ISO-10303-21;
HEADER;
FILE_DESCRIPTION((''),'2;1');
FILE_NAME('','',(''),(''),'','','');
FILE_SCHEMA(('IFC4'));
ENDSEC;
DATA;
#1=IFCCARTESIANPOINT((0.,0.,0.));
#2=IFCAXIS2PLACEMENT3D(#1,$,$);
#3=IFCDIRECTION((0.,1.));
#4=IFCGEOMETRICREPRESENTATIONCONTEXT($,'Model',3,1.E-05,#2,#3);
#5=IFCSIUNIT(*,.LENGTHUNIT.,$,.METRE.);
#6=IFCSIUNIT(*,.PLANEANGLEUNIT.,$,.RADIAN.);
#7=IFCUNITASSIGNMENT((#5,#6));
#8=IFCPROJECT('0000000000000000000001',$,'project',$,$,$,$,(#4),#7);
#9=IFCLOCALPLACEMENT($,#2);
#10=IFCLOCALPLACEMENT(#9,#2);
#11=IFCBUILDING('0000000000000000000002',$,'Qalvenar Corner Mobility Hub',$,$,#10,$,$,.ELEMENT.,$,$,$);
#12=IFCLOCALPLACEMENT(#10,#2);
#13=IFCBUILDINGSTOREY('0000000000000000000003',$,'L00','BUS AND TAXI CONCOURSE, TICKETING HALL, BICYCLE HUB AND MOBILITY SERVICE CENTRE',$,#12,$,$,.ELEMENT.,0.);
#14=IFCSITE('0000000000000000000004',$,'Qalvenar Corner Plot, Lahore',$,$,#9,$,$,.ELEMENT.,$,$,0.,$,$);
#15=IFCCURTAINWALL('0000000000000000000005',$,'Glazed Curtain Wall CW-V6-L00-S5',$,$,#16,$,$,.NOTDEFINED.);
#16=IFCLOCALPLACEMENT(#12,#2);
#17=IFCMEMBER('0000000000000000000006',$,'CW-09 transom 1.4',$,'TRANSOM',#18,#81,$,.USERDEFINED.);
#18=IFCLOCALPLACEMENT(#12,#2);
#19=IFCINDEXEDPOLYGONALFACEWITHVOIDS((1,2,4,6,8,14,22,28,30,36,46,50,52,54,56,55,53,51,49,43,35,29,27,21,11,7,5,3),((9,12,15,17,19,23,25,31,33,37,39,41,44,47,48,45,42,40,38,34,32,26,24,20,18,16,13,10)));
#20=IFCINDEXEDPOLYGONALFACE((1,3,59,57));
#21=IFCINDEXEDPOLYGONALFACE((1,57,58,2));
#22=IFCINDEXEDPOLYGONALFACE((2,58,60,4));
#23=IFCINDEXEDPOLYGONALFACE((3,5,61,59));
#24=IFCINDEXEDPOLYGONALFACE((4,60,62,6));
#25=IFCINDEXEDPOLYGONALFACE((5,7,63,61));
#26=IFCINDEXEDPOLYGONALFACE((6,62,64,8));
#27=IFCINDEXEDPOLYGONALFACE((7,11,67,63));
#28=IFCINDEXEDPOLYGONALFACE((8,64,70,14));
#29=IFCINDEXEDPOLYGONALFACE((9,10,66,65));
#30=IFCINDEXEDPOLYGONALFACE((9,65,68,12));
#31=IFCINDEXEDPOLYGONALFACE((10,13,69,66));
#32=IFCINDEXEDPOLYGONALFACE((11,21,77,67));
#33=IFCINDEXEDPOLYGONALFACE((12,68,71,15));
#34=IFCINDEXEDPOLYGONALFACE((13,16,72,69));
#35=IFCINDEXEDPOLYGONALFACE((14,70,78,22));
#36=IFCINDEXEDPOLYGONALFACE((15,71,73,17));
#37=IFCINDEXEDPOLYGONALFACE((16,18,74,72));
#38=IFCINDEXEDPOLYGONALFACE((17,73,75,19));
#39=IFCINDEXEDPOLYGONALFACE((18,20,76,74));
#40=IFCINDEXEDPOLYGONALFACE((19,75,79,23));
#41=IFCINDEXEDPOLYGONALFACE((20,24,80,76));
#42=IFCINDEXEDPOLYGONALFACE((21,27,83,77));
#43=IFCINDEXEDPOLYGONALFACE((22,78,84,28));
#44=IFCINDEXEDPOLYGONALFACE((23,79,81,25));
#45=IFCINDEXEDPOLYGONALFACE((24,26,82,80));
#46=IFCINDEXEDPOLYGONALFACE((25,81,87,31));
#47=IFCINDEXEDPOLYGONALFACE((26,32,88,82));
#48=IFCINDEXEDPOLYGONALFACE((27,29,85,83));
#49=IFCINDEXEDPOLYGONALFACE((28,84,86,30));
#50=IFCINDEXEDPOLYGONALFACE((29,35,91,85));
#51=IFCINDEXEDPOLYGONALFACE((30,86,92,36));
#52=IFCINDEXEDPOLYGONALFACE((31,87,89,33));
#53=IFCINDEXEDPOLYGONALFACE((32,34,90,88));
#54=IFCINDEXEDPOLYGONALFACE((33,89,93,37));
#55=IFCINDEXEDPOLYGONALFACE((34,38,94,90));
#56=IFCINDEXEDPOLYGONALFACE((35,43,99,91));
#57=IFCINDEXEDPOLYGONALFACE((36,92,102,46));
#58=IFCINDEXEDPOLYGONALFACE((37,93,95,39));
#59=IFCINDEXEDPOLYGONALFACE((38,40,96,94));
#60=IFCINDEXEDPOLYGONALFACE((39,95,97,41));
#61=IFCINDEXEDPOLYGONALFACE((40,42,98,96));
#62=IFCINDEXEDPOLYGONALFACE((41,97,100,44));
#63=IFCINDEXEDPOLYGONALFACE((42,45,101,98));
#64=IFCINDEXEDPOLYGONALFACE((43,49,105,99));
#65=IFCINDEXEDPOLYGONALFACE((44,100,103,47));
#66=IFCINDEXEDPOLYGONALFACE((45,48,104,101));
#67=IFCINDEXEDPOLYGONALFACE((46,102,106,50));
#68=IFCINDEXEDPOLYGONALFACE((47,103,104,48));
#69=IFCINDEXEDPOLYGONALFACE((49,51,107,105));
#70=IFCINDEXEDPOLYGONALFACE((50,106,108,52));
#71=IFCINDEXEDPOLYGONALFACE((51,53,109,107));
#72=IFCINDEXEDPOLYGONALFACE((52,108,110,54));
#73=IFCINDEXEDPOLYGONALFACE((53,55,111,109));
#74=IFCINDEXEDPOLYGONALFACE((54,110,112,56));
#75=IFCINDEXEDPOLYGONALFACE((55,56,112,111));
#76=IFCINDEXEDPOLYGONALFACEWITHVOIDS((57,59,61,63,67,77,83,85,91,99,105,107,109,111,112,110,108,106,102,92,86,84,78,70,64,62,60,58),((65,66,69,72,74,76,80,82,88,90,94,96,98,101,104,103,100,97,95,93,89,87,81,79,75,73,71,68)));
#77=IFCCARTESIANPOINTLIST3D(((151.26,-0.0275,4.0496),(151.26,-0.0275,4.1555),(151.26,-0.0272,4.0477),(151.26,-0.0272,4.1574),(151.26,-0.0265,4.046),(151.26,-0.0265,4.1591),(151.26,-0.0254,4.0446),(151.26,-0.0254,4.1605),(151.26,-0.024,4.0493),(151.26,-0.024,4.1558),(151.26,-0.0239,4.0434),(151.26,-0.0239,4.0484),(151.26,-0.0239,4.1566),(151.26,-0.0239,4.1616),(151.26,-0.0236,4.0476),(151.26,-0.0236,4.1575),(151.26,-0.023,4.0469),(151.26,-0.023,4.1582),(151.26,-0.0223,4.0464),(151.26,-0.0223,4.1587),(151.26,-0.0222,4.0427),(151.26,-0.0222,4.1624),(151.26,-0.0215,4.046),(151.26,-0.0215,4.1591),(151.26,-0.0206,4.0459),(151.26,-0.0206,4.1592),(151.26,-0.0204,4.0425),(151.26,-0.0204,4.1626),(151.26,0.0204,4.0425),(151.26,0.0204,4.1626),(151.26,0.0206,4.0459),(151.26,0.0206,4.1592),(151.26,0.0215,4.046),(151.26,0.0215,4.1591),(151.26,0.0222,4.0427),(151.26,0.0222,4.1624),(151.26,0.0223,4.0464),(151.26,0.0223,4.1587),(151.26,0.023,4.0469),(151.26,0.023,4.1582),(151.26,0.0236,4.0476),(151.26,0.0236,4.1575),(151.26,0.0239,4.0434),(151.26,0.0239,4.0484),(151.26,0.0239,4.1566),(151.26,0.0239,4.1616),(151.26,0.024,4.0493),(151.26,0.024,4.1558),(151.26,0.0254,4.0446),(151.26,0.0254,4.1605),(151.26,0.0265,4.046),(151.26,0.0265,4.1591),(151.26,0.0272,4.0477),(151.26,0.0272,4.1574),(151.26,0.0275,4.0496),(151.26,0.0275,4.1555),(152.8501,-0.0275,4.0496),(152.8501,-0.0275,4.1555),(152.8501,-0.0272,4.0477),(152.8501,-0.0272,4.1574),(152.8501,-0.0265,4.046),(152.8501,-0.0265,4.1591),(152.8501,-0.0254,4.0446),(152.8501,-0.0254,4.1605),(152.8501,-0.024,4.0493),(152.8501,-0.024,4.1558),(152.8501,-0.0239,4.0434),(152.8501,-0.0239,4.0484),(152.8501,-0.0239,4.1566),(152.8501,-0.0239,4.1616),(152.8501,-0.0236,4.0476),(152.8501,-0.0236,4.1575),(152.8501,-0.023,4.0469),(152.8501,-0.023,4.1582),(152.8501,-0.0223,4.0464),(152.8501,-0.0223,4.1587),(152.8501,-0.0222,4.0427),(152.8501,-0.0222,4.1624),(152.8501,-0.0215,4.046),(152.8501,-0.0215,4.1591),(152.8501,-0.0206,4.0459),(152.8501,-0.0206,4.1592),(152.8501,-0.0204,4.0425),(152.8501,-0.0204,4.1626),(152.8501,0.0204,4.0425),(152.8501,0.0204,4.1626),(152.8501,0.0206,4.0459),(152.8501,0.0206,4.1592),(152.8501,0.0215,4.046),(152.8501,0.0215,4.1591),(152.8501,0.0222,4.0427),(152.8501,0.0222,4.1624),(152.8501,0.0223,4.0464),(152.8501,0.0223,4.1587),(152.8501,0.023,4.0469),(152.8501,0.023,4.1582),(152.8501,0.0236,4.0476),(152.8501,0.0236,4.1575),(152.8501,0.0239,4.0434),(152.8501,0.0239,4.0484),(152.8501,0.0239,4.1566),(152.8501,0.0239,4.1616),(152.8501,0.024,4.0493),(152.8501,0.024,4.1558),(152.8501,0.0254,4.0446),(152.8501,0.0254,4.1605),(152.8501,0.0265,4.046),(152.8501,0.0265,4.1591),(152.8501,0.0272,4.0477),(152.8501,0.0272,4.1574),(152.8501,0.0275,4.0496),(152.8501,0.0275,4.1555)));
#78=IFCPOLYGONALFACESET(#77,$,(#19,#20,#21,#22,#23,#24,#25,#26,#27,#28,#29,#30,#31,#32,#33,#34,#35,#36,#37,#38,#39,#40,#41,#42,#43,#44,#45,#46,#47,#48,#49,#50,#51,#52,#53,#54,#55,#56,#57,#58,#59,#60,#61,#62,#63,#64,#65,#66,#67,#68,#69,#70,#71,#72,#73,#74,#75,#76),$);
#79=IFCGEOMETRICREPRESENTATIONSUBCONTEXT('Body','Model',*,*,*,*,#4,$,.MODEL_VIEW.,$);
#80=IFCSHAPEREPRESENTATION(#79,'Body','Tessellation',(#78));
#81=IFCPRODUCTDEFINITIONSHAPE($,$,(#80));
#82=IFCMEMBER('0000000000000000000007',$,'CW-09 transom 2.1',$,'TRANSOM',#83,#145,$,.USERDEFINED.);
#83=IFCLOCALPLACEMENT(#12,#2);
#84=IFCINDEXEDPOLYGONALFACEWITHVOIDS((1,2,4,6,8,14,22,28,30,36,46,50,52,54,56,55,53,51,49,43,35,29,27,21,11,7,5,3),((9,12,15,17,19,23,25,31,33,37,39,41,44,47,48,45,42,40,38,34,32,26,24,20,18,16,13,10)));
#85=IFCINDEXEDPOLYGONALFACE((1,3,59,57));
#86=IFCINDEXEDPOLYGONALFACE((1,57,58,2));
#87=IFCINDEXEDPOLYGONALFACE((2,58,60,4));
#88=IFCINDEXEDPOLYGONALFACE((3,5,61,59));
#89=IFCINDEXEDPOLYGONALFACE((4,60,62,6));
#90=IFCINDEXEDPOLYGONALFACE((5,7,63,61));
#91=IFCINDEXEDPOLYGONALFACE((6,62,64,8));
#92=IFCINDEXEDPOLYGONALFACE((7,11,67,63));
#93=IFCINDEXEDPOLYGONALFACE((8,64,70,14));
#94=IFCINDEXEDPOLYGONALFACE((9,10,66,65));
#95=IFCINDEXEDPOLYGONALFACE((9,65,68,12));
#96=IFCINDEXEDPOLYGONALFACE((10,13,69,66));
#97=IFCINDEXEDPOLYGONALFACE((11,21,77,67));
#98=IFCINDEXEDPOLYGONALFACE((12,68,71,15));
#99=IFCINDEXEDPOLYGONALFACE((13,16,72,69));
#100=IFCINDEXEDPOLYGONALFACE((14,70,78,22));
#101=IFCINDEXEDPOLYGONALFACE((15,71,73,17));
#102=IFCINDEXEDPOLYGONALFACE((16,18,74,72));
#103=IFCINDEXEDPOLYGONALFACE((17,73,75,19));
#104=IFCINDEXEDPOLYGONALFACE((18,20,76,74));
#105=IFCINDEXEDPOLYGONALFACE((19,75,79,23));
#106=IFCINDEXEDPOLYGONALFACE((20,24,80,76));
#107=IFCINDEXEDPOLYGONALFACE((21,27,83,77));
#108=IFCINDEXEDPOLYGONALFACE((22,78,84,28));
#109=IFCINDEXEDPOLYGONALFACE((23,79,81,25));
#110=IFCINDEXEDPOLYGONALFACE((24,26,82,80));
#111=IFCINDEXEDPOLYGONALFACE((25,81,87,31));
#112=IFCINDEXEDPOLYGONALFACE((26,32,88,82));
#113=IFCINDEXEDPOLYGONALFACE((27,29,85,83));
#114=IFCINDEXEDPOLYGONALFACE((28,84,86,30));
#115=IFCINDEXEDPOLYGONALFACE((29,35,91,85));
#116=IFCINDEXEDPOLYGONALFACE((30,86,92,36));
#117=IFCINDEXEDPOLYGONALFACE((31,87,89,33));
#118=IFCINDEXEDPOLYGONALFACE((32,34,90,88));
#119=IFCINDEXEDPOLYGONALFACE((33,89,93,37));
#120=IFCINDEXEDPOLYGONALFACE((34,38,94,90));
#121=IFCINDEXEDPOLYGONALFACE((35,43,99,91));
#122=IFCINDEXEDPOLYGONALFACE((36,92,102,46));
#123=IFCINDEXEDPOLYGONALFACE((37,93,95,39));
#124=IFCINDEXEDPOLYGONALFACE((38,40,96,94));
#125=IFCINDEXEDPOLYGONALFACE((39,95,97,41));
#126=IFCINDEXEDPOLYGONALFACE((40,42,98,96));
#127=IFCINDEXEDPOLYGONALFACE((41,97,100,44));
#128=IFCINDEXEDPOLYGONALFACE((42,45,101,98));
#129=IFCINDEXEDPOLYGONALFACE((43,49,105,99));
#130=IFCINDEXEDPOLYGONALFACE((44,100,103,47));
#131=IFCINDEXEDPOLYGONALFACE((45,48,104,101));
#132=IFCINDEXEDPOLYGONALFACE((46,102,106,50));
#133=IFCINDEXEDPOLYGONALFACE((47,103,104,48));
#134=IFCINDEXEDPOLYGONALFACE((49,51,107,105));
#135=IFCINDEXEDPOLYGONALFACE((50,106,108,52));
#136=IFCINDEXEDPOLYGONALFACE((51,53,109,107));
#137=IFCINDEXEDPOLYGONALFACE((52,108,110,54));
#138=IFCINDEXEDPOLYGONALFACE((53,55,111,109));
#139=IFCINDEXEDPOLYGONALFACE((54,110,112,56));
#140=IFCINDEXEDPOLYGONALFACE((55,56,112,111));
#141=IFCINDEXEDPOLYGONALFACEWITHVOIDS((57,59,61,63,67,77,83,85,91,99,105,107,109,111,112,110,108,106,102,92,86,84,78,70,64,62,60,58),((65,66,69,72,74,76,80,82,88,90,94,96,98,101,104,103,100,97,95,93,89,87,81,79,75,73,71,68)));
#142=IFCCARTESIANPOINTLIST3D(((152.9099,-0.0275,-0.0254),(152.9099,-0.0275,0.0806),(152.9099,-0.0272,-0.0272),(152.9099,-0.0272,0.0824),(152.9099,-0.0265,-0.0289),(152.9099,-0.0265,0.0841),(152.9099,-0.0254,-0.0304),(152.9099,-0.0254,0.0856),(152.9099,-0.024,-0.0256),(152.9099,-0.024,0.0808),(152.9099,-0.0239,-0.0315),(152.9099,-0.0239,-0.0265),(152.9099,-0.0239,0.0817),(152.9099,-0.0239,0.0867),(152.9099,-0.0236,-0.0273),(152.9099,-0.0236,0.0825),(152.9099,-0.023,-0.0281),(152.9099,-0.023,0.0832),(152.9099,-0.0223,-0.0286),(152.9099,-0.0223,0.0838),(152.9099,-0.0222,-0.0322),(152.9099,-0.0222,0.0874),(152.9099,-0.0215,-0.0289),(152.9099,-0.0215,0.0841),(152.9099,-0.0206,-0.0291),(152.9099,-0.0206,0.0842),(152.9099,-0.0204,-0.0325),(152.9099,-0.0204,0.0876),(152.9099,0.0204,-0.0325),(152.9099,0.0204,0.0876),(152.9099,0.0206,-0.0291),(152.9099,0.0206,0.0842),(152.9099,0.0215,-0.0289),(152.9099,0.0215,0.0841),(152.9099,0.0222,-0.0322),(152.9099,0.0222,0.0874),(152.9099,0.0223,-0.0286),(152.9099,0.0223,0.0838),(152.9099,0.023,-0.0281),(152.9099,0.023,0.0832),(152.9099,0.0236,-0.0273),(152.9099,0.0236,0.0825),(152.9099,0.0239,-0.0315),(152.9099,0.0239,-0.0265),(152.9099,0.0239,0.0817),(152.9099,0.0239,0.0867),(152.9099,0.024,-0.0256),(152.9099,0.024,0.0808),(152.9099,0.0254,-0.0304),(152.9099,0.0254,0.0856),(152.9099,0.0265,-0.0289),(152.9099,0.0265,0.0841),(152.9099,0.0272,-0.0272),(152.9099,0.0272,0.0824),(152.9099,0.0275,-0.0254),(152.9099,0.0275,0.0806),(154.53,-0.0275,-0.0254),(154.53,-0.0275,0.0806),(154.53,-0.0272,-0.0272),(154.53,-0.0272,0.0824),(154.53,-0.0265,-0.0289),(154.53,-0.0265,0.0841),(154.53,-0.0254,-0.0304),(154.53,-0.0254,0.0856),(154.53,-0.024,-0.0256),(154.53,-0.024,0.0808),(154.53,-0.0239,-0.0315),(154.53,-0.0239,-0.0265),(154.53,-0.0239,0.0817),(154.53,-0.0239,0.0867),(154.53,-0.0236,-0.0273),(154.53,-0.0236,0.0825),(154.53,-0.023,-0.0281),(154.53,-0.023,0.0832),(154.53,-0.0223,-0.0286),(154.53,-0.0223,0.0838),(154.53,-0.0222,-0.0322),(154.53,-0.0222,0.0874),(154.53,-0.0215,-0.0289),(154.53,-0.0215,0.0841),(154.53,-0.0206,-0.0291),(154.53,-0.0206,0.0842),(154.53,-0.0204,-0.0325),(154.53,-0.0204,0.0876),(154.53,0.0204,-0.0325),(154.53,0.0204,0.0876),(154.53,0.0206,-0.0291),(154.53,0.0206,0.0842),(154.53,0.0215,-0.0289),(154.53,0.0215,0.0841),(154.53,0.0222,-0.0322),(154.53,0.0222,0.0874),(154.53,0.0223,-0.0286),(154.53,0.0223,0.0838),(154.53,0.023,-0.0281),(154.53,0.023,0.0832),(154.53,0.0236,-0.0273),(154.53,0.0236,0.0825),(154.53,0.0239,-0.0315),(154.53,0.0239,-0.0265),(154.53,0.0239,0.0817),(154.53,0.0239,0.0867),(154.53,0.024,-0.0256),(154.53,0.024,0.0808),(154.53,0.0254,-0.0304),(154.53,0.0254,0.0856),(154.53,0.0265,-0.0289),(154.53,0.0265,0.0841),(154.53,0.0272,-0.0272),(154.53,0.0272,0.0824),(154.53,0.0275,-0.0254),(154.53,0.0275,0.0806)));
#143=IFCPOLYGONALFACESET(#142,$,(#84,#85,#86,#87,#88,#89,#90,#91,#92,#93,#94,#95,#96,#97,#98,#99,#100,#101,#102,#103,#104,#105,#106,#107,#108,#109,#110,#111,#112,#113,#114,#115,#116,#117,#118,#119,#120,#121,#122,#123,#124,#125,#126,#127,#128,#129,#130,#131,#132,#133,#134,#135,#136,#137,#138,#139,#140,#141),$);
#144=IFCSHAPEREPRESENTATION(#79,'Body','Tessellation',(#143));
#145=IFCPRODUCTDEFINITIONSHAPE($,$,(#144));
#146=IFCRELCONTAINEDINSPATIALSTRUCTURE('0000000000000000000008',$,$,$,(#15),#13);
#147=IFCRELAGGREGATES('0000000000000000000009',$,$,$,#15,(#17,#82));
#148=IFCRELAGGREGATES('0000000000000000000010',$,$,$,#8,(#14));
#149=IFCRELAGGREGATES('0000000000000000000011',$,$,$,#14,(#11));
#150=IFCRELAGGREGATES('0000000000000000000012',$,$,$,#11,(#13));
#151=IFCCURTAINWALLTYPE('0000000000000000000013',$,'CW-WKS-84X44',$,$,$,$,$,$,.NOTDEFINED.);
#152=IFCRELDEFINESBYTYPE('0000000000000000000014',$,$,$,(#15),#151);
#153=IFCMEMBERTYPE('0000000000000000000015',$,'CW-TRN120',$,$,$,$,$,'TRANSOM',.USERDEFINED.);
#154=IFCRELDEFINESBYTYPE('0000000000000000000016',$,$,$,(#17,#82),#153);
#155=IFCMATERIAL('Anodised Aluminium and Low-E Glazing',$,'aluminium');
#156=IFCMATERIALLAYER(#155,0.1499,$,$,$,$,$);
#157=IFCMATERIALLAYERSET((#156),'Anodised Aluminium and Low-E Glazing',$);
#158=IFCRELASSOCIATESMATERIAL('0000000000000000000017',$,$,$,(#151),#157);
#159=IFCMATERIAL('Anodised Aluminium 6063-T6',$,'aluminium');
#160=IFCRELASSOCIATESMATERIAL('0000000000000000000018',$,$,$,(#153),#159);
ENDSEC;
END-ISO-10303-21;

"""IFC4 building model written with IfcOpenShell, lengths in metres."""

from ifc_helpers import new_model, si_unit, direction, frame, origin, origin_2d, place, context, subcontext, project, spatial, hollow_rectangle, extrude, material, layer, layer_set, material_profile, profile_set, type_object, element, aggregate, save


model = new_model("IFC4")

# Units and contexts
model_context = context("Model", 3, precision=1e-05, world=origin(), true_north=direction((0.0, 1.0)))
body_context = subcontext(model_context, "Body", "Model", "MODEL_VIEW")
ifc_project = project(units=[si_unit("LENGTHUNIT", "METRE"), si_unit("PLANEANGLEUNIT", "RADIAN")], contexts=[model_context])

# Site, building, storey
site_placement = place(None, origin())
site = spatial("IfcSite", under=ifc_project, at=site_placement, Name="Qalvenar Corner Plot, Lahore", CompositionType="ELEMENT", RefElevation=0.0)
building_placement = place(site_placement, origin())
building = spatial("IfcBuilding", under=site, at=building_placement, Name="Qalvenar Corner Mobility Hub", CompositionType="ELEMENT")
storey_placement = place(building_placement, origin())
storey = spatial("IfcBuildingStorey", under=building, at=storey_placement, Name="L00", Description="BUS AND TAXI CONCOURSE, TICKETING HALL, BICYCLE HUB AND MOBILITY SERVICE CENTRE", CompositionType="ELEMENT", Elevation=0.0)

# Curtain wall, members
ifc_material_1 = material(Name="Anodised Aluminium and Low-E Glazing", Category="aluminium")
ifc_layer_1 = layer(ifc_material_1, 0.1499)
ifc_layer_set_1 = layer_set([ifc_layer_1], Name="Anodised Aluminium and Low-E Glazing")
curtain_wall_type = type_object("IfcCurtainWallType", Name="CW-WKS-84X44", PredefinedType="NOTDEFINED", material=ifc_layer_set_1)
curtain_wall_placement = place(storey_placement, origin())
curtain_wall = element("IfcCurtainWall", 1, at=curtain_wall_placement, inside=storey, type_object=curtain_wall_type, Name="Glazed Curtain Wall CW-V6-L00-S5", PredefinedType="NOTDEFINED")
ifc_material_2 = material(Name="Anodised Aluminium 6063-T6", Category="aluminium")
ifc_material_profile_1 = material_profile(ifc_material_2, hollow_rectangle(XDim=0.0549, YDim=0.1201, WallThickness=0.0034, InnerFilletRadius=0.0034, OuterFilletRadius=0.0071, at=origin_2d()), Name="RHS120x55x3.5")
ifc_profile_set_1 = profile_set([ifc_material_profile_1], Name="Anodised Aluminium 6063-T6")
member_type_1 = type_object("IfcMemberType", Name="CW-TRN120", ElementType="TRANSOM", PredefinedType="USERDEFINED", material=ifc_profile_set_1)
member_1_placement = place(storey_placement, frame((151.26, 0.0, 4.1025), z_axis=(1.0, 0.0, 0.0), x_axis=(0.0, 1.0, 0.0)))
member_1 = element("IfcMember", 2, at=member_1_placement, type_object=member_type_1, Name="CW-09 transom 1.4", ObjectType="TRANSOM", PredefinedType="USERDEFINED", context=body_context, shape_type="SweptSolid", body=[
    extrude(hollow_rectangle(XDim=0.0549, YDim=0.1201, WallThickness=0.0034, InnerFilletRadius=0.0034, OuterFilletRadius=0.0071, at=origin_2d()), origin(), (0.0, 0.0, 1.0), 1.5901),
])
member_2_placement = place(storey_placement, frame((152.9099, 0.0, 0.0276), z_axis=(1.0, 0.0, 0.0), x_axis=(0.0, 1.0, 0.0)))
member_2 = element("IfcMember", 3, at=member_2_placement, type_object=member_type_1, Name="CW-09 transom 2.1", ObjectType="TRANSOM", PredefinedType="USERDEFINED", context=body_context, shape_type="SweptSolid", body=[
    extrude(hollow_rectangle(XDim=0.0549, YDim=0.1201, WallThickness=0.0034, InnerFilletRadius=0.0034, OuterFilletRadius=0.0071, at=origin_2d()), origin(), (0.0, 0.0, 1.0), 1.6201),
])
aggregate(curtain_wall, [member_1, member_2])

save(model, "model.ifc")
